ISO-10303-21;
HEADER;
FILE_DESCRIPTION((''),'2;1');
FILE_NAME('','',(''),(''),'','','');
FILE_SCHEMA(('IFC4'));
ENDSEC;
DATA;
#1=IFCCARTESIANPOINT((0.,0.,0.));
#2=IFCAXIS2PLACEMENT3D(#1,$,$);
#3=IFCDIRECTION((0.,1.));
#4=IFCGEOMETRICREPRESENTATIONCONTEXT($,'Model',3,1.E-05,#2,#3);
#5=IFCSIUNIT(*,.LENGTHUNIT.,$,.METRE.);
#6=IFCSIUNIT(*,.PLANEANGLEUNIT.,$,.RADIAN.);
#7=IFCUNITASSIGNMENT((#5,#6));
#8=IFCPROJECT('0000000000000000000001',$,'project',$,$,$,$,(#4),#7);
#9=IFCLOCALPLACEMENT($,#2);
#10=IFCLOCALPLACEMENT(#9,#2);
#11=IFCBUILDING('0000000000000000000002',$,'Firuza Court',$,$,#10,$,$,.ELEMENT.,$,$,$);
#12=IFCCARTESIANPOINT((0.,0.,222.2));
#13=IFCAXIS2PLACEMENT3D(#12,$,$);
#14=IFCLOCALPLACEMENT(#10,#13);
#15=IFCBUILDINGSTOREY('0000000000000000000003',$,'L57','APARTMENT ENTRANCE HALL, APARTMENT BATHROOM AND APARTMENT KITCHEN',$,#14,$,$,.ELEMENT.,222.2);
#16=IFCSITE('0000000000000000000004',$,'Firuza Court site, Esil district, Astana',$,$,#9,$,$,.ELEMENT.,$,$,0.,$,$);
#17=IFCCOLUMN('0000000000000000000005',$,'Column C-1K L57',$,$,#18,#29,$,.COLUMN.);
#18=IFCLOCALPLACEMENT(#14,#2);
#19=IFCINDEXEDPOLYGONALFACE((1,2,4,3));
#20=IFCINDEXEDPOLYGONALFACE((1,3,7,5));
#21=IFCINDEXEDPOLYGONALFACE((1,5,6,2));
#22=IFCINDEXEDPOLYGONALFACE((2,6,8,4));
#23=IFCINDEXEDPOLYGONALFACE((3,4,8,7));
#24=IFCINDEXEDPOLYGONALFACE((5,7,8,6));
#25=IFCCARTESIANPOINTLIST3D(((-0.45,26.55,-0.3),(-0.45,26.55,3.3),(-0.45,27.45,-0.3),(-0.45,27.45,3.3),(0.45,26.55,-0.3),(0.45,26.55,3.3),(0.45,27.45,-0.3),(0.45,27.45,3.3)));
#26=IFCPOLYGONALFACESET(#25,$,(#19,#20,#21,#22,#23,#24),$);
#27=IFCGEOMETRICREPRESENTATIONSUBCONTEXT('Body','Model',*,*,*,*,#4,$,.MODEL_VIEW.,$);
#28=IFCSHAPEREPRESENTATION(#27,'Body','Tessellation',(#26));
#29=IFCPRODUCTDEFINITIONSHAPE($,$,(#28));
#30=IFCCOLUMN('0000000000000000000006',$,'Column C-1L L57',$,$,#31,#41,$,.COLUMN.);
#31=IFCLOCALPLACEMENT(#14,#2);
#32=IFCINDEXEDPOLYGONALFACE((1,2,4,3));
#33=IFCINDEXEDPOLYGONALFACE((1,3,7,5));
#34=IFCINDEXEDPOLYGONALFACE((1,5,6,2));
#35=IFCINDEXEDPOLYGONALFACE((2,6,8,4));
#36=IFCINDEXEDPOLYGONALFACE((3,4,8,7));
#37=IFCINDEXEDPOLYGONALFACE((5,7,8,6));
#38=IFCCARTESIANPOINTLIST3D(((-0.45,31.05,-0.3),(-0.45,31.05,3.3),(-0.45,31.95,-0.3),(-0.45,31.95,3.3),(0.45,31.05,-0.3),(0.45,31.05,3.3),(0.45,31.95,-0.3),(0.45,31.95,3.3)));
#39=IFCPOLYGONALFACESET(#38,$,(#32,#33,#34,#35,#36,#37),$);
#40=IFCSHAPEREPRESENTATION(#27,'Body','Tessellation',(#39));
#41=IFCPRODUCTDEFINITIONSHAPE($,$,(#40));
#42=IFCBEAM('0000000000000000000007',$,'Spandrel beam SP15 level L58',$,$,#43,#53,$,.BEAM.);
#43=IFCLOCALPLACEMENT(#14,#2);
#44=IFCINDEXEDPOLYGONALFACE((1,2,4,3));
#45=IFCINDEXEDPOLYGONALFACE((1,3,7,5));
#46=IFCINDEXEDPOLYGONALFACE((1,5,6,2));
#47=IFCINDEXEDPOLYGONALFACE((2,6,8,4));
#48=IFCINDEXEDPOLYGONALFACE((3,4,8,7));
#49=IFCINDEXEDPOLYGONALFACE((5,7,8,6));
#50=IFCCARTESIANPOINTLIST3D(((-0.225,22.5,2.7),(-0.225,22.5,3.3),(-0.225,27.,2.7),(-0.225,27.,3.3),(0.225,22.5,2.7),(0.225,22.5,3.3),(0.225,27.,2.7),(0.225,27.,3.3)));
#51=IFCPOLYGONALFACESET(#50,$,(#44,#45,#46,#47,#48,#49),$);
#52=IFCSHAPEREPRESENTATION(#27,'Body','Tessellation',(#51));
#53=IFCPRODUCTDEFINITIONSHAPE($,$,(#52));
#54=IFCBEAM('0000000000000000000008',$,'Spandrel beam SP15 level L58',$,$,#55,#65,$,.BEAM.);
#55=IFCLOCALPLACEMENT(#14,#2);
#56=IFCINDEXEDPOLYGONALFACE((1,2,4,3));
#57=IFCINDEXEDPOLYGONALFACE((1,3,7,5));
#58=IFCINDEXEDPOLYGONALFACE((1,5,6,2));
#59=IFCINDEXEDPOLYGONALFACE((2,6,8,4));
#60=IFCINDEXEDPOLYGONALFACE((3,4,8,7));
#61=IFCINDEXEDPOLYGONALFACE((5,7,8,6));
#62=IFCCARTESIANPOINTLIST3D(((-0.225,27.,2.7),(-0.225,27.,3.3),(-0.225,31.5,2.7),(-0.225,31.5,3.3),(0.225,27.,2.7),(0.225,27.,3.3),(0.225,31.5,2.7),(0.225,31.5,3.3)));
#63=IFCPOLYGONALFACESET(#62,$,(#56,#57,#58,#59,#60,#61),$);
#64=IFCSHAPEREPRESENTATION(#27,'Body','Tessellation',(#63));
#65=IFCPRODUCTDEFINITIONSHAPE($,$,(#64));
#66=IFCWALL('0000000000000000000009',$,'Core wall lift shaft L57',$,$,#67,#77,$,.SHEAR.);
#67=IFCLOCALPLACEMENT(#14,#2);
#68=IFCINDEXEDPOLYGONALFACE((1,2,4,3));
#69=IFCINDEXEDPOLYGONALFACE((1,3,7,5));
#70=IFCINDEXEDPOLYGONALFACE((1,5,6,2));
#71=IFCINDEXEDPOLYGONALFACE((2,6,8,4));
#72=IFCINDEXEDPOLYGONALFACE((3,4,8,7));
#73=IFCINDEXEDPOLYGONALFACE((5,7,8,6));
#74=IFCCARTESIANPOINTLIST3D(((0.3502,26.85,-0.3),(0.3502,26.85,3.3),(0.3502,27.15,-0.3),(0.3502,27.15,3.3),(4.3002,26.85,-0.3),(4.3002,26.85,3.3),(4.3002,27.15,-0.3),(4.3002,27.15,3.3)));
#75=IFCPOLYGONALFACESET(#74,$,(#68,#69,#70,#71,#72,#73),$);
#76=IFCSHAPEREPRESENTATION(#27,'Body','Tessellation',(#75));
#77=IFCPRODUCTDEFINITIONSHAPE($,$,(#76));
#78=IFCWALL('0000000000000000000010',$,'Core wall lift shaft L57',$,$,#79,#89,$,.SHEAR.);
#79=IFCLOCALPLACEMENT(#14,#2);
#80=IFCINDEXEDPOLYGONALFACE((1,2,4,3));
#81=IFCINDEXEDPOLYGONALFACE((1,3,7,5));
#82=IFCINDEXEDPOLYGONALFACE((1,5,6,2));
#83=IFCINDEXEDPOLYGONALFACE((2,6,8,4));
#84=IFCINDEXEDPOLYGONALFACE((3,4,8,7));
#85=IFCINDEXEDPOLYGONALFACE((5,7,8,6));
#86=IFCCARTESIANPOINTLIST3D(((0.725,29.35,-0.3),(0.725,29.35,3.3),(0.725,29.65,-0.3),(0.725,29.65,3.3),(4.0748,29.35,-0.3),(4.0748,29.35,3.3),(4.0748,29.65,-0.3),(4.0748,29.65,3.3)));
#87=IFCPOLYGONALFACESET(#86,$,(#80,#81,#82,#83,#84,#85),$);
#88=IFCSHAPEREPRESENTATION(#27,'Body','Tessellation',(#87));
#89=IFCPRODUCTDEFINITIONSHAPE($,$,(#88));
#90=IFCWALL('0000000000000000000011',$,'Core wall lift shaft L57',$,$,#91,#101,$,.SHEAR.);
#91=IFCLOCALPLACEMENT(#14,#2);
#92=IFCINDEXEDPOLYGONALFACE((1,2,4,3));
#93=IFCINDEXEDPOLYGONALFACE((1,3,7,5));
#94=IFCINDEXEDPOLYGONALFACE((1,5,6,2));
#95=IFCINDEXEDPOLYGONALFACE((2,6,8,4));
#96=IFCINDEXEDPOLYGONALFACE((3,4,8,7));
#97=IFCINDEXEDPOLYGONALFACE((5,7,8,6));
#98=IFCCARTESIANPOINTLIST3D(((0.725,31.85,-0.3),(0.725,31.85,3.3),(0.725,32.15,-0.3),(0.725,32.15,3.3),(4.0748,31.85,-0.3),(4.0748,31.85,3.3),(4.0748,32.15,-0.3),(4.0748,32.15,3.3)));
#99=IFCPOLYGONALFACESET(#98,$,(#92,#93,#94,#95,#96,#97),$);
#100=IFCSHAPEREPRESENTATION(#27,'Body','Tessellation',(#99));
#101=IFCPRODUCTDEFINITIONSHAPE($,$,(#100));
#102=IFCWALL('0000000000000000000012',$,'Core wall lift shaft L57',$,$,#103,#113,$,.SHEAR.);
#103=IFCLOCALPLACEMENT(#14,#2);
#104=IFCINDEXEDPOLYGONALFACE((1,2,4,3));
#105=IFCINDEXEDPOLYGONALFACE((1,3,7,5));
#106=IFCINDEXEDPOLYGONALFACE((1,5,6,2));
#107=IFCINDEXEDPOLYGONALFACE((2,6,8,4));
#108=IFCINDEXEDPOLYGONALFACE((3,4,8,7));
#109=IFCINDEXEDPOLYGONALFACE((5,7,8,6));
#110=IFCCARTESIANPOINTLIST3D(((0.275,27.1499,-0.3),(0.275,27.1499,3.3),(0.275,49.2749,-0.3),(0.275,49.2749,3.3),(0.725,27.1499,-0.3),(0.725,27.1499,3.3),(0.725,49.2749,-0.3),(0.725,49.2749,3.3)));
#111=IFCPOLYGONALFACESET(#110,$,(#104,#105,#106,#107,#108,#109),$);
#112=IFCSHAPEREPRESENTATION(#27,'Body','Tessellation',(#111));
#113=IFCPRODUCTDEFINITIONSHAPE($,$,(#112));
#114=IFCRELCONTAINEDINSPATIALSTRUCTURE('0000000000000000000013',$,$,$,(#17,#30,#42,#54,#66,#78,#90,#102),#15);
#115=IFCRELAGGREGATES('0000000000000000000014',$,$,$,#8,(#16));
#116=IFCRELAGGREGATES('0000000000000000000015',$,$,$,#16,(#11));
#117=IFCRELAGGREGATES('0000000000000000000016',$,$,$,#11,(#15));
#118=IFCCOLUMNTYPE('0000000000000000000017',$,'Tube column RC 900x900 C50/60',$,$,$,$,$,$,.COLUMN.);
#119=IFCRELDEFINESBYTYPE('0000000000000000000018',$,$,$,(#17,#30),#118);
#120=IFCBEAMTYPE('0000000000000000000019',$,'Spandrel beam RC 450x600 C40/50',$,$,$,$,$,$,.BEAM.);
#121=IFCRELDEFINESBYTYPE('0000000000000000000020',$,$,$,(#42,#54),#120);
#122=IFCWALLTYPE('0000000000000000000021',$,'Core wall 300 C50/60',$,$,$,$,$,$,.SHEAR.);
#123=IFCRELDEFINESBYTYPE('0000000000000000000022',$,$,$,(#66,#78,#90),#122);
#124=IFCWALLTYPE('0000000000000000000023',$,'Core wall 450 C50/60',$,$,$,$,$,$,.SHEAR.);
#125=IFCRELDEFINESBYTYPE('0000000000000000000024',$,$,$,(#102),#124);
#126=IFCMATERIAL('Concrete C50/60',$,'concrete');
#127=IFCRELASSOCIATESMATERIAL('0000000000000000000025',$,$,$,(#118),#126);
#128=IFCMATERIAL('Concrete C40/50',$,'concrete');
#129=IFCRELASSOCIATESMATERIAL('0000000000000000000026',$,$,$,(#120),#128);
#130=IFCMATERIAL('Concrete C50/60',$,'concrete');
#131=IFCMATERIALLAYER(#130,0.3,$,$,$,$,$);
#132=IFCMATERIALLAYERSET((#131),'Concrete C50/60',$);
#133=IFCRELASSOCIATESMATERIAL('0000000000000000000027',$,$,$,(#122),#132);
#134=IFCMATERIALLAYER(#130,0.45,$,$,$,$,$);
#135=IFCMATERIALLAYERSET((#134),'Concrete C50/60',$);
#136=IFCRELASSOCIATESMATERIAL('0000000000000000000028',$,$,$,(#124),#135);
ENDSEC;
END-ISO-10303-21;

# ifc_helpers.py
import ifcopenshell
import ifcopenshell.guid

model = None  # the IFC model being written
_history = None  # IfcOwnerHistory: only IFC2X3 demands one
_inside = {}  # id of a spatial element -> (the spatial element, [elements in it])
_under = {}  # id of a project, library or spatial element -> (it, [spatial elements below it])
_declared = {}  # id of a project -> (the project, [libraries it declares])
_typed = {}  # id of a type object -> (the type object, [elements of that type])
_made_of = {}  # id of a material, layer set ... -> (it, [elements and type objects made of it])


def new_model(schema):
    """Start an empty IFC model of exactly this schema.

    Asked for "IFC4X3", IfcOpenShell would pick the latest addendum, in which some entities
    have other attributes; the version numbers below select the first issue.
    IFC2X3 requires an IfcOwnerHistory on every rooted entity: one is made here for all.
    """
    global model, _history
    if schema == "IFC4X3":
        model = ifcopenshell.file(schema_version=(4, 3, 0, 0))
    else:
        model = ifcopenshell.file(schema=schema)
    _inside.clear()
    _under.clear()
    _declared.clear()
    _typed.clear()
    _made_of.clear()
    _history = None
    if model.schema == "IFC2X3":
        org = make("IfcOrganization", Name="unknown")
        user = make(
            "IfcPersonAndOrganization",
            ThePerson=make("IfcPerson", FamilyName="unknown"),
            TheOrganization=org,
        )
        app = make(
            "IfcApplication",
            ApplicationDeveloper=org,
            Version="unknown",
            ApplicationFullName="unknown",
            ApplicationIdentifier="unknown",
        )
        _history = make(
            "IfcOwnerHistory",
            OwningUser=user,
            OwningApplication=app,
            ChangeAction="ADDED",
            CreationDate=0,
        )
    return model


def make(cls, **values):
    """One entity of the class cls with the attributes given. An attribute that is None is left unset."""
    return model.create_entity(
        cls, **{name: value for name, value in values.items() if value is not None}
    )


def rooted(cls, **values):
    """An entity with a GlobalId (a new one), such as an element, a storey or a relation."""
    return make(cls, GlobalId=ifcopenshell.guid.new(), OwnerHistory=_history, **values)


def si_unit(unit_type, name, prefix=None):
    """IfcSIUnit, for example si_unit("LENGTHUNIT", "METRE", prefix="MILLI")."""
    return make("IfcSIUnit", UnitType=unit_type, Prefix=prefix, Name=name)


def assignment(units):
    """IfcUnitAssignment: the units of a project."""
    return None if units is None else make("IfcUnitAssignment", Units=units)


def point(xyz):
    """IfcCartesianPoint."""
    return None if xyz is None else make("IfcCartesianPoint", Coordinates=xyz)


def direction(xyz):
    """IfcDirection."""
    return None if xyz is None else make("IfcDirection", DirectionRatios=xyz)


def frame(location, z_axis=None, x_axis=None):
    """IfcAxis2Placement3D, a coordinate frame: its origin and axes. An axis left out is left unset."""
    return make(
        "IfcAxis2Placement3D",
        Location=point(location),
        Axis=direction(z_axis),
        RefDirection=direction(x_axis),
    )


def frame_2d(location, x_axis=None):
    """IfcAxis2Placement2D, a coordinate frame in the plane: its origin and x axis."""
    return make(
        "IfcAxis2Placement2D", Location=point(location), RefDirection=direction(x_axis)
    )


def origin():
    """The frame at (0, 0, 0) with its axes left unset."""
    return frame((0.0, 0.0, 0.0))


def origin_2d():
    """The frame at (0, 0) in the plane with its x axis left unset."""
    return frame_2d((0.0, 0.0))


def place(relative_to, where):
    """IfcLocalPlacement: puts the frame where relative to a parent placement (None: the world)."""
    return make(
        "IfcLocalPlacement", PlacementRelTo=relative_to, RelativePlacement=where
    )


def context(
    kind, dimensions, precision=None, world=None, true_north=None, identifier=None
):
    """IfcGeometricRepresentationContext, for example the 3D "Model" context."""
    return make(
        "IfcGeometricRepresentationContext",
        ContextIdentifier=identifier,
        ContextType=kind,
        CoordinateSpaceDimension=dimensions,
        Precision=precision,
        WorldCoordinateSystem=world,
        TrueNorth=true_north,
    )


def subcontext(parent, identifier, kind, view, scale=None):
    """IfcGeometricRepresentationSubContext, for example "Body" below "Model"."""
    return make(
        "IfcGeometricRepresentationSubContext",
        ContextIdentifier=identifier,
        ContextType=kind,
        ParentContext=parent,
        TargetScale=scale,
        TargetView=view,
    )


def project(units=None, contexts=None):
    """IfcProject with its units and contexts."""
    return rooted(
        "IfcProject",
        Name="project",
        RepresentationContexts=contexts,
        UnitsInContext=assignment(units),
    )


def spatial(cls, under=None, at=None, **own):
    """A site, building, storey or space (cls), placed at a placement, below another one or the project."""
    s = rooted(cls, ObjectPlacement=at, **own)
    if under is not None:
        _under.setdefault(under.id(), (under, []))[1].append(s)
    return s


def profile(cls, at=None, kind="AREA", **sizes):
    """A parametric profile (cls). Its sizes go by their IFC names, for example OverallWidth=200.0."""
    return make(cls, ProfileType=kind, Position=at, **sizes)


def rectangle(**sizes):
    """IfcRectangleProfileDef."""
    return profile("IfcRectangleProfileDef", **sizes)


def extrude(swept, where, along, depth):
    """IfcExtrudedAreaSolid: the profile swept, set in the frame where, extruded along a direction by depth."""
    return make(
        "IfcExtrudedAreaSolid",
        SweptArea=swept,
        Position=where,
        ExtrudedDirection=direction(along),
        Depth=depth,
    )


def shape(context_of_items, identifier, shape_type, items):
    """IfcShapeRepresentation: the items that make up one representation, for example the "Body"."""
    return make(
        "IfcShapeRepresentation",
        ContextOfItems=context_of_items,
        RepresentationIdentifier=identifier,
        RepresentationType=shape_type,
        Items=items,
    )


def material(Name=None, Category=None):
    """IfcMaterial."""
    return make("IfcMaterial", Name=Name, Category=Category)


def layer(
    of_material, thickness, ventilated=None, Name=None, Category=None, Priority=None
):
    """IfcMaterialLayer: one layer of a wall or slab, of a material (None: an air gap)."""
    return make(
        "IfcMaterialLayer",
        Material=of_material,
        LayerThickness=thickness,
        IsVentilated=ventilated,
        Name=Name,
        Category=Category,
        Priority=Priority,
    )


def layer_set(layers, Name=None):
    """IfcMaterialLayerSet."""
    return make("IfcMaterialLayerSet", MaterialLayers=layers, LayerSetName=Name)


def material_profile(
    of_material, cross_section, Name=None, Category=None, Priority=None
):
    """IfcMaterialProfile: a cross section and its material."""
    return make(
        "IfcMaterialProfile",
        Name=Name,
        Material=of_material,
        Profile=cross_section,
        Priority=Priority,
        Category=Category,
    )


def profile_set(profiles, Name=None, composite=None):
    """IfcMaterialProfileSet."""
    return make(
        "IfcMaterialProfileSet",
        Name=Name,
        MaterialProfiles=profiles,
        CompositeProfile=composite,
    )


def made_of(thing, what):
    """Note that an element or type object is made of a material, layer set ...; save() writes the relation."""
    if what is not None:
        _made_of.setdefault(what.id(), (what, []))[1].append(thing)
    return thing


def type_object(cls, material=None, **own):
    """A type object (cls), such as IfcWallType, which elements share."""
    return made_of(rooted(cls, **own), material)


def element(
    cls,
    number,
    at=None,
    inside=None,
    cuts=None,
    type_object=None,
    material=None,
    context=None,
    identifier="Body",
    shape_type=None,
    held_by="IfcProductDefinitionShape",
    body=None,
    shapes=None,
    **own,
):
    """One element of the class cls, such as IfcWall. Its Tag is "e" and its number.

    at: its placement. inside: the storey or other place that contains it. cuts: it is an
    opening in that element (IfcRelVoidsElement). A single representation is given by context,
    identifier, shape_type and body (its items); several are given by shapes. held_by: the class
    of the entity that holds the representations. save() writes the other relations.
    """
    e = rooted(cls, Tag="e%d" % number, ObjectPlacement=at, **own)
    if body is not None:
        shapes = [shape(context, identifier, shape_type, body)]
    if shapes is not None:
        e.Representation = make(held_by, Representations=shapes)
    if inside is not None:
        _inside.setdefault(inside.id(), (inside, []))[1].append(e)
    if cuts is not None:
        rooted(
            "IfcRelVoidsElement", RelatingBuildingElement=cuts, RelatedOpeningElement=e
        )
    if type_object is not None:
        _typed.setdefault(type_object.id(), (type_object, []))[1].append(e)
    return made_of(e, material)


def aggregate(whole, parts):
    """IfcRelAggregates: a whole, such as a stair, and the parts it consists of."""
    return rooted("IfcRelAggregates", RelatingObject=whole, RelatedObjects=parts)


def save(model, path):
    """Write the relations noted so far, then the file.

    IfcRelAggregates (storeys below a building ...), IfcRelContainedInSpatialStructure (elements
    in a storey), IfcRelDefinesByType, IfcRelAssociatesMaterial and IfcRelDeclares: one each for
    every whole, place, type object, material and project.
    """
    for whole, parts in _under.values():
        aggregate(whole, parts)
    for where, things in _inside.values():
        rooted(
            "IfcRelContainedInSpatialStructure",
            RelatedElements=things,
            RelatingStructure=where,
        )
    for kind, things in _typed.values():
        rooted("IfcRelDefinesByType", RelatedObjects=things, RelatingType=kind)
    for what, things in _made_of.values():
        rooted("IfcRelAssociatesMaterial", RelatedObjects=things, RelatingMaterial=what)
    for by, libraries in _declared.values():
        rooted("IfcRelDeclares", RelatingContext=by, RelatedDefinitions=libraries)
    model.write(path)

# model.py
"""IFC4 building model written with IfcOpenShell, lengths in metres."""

from ifc_helpers import new_model, si_unit, direction, frame, frame_2d, origin, origin_2d, place, context, subcontext, project, spatial, rectangle, extrude, material, layer, layer_set, material_profile, profile_set, type_object, element, save


model = new_model("IFC4")

# Units and contexts
model_context = context("Model", 3, precision=1e-05, world=origin(), true_north=direction((0.0, 1.0)))
body_context = subcontext(model_context, "Body", "Model", "MODEL_VIEW")
ifc_project = project(units=[si_unit("LENGTHUNIT", "METRE"), si_unit("PLANEANGLEUNIT", "RADIAN")], contexts=[model_context])

# Site, building, storey
site_placement = place(None, origin())
site = spatial("IfcSite", under=ifc_project, at=site_placement, Name="Firuza Court site, Esil district, Astana", CompositionType="ELEMENT", RefElevation=0.0)
building_placement = place(site_placement, origin())
building = spatial("IfcBuilding", under=site, at=building_placement, Name="Firuza Court", CompositionType="ELEMENT")
storey_placement = place(building_placement, frame((0.0, 0.0, 222.2)))
storey = spatial("IfcBuildingStorey", under=building, at=storey_placement, Name="L57", Description="APARTMENT ENTRANCE HALL, APARTMENT BATHROOM AND APARTMENT KITCHEN", CompositionType="ELEMENT", Elevation=222.2)

# Columns
ifc_material_1 = material(Name="Concrete C50/60", Category="concrete")
ifc_material_profile_1 = material_profile(ifc_material_1, rectangle(XDim=0.8999, YDim=0.8999, at=origin_2d()), Name="RC 900x900")
ifc_profile_set_1 = profile_set([ifc_material_profile_1], Name="Concrete C50/60")
column_type = type_object("IfcColumnType", Name="Tube column RC 900x900 C50/60", PredefinedType="COLUMN", material=ifc_profile_set_1)
for number, where, z_axis, x_axis, name in (
    (1, (0.0, 27.0, -0.3), (0.0, 0.0, 1.0), (1.0, 0.0, 0.0), "Column C-1K L57"),
    (2, (0.0, 31.5, -0.3), (0.0, 0.0, 1.0), (1.0, 0.0, 0.0), "Column C-1L L57"),
):
    element("IfcColumn", number, at=place(storey_placement, frame(where, z_axis=z_axis, x_axis=x_axis)), inside=storey, type_object=column_type, Name=name, PredefinedType="COLUMN", context=body_context, shape_type="SweptSolid", body=[
        extrude(rectangle(XDim=0.8999, YDim=0.8999, at=origin_2d()), origin(), (0.0, 0.0, 1.0), 3.6001),
    ])

# Beams
ifc_material_2 = material(Name="Concrete C40/50", Category="concrete")
ifc_material_profile_2 = material_profile(ifc_material_2, rectangle(XDim=0.45, YDim=0.6001, at=origin_2d()), Name="RC 450x600")
ifc_profile_set_2 = profile_set([ifc_material_profile_2], Name="Concrete C40/50")
beam_type = type_object("IfcBeamType", Name="Spandrel beam RC 450x600 C40/50", PredefinedType="BEAM", material=ifc_profile_set_2)
for number, where, z_axis, x_axis, name in (
    (3, (0.0, 27.0, 3.0), (0.0, -1.0, 0.0), (1.0, 0.0, 0.0), "Spandrel beam SP15 level L58"),
    (4, (0.0, 31.5, 3.0), (0.0, -1.0, 0.0), (1.0, 0.0, 0.0), "Spandrel beam SP15 level L58"),
):
    element("IfcBeam", number, at=place(storey_placement, frame(where, z_axis=z_axis, x_axis=x_axis)), inside=storey, type_object=beam_type, Name=name, PredefinedType="BEAM", context=body_context, shape_type="SweptSolid", body=[
        extrude(rectangle(XDim=0.45, YDim=0.6001, at=origin_2d()), origin(), (0.0, 0.0, 1.0), 4.5),
    ])

# Walls
ifc_material_3 = material(Name="Concrete C50/60", Category="concrete")
ifc_layer_1 = layer(ifc_material_3, 0.3)
ifc_layer_set_1 = layer_set([ifc_layer_1], Name="Concrete C50/60")
wall_type_1 = type_object("IfcWallType", Name="Core wall 300 C50/60", PredefinedType="SHEAR", material=ifc_layer_set_1)
wall_1_placement = place(storey_placement, frame((0.3501, 27.0, -0.3), z_axis=(0.0, 0.0, 1.0), x_axis=(1.0, 0.0, 0.0)))
element("IfcWall", 5, at=wall_1_placement, inside=storey, type_object=wall_type_1, Name="Core wall lift shaft L57", PredefinedType="SHEAR", context=body_context, shape_type="SweptSolid", body=[
    extrude(rectangle(XDim=3.95, YDim=0.3, at=frame_2d((1.9751, 0.0))), origin(), (0.0, 0.0, 1.0), 3.6001),
])
for number, where, z_axis, x_axis, name in (
    (6, (0.7251, 29.5, -0.3), (0.0, 0.0, 1.0), (1.0, 0.0, 0.0), "Core wall lift shaft L57"),
    (7, (0.7251, 32.0, -0.3), (0.0, 0.0, 1.0), (1.0, 0.0, 0.0), "Core wall lift shaft L57"),
):
    element("IfcWall", number, at=place(storey_placement, frame(where, z_axis=z_axis, x_axis=x_axis)), inside=storey, type_object=wall_type_1, Name=name, PredefinedType="SHEAR", context=body_context, shape_type="SweptSolid", body=[
        extrude(rectangle(XDim=3.3499, YDim=0.3, at=frame_2d((1.6748, 0.0))), origin(), (0.0, 0.0, 1.0), 3.6001),
    ])
ifc_layer_2 = layer(ifc_material_3, 0.45)
ifc_layer_set_2 = layer_set([ifc_layer_2], Name="Concrete C50/60")
wall_type_2 = type_object("IfcWallType", Name="Core wall 450 C50/60", PredefinedType="SHEAR", material=ifc_layer_set_2)
wall_2_placement = place(storey_placement, frame((0.5, 27.1499, -0.3), z_axis=(0.0, 0.0, 1.0), x_axis=(0.0, 1.0, 0.0)))
element("IfcWall", 8, at=wall_2_placement, inside=storey, type_object=wall_type_2, Name="Core wall lift shaft L57", PredefinedType="SHEAR", context=body_context, shape_type="SweptSolid", body=[
    extrude(rectangle(XDim=22.125, YDim=0.45, at=frame_2d((11.0625, 0.0))), origin(), (0.0, 0.0, 1.0), 3.6001),
])

save(model, "model.ifc")
